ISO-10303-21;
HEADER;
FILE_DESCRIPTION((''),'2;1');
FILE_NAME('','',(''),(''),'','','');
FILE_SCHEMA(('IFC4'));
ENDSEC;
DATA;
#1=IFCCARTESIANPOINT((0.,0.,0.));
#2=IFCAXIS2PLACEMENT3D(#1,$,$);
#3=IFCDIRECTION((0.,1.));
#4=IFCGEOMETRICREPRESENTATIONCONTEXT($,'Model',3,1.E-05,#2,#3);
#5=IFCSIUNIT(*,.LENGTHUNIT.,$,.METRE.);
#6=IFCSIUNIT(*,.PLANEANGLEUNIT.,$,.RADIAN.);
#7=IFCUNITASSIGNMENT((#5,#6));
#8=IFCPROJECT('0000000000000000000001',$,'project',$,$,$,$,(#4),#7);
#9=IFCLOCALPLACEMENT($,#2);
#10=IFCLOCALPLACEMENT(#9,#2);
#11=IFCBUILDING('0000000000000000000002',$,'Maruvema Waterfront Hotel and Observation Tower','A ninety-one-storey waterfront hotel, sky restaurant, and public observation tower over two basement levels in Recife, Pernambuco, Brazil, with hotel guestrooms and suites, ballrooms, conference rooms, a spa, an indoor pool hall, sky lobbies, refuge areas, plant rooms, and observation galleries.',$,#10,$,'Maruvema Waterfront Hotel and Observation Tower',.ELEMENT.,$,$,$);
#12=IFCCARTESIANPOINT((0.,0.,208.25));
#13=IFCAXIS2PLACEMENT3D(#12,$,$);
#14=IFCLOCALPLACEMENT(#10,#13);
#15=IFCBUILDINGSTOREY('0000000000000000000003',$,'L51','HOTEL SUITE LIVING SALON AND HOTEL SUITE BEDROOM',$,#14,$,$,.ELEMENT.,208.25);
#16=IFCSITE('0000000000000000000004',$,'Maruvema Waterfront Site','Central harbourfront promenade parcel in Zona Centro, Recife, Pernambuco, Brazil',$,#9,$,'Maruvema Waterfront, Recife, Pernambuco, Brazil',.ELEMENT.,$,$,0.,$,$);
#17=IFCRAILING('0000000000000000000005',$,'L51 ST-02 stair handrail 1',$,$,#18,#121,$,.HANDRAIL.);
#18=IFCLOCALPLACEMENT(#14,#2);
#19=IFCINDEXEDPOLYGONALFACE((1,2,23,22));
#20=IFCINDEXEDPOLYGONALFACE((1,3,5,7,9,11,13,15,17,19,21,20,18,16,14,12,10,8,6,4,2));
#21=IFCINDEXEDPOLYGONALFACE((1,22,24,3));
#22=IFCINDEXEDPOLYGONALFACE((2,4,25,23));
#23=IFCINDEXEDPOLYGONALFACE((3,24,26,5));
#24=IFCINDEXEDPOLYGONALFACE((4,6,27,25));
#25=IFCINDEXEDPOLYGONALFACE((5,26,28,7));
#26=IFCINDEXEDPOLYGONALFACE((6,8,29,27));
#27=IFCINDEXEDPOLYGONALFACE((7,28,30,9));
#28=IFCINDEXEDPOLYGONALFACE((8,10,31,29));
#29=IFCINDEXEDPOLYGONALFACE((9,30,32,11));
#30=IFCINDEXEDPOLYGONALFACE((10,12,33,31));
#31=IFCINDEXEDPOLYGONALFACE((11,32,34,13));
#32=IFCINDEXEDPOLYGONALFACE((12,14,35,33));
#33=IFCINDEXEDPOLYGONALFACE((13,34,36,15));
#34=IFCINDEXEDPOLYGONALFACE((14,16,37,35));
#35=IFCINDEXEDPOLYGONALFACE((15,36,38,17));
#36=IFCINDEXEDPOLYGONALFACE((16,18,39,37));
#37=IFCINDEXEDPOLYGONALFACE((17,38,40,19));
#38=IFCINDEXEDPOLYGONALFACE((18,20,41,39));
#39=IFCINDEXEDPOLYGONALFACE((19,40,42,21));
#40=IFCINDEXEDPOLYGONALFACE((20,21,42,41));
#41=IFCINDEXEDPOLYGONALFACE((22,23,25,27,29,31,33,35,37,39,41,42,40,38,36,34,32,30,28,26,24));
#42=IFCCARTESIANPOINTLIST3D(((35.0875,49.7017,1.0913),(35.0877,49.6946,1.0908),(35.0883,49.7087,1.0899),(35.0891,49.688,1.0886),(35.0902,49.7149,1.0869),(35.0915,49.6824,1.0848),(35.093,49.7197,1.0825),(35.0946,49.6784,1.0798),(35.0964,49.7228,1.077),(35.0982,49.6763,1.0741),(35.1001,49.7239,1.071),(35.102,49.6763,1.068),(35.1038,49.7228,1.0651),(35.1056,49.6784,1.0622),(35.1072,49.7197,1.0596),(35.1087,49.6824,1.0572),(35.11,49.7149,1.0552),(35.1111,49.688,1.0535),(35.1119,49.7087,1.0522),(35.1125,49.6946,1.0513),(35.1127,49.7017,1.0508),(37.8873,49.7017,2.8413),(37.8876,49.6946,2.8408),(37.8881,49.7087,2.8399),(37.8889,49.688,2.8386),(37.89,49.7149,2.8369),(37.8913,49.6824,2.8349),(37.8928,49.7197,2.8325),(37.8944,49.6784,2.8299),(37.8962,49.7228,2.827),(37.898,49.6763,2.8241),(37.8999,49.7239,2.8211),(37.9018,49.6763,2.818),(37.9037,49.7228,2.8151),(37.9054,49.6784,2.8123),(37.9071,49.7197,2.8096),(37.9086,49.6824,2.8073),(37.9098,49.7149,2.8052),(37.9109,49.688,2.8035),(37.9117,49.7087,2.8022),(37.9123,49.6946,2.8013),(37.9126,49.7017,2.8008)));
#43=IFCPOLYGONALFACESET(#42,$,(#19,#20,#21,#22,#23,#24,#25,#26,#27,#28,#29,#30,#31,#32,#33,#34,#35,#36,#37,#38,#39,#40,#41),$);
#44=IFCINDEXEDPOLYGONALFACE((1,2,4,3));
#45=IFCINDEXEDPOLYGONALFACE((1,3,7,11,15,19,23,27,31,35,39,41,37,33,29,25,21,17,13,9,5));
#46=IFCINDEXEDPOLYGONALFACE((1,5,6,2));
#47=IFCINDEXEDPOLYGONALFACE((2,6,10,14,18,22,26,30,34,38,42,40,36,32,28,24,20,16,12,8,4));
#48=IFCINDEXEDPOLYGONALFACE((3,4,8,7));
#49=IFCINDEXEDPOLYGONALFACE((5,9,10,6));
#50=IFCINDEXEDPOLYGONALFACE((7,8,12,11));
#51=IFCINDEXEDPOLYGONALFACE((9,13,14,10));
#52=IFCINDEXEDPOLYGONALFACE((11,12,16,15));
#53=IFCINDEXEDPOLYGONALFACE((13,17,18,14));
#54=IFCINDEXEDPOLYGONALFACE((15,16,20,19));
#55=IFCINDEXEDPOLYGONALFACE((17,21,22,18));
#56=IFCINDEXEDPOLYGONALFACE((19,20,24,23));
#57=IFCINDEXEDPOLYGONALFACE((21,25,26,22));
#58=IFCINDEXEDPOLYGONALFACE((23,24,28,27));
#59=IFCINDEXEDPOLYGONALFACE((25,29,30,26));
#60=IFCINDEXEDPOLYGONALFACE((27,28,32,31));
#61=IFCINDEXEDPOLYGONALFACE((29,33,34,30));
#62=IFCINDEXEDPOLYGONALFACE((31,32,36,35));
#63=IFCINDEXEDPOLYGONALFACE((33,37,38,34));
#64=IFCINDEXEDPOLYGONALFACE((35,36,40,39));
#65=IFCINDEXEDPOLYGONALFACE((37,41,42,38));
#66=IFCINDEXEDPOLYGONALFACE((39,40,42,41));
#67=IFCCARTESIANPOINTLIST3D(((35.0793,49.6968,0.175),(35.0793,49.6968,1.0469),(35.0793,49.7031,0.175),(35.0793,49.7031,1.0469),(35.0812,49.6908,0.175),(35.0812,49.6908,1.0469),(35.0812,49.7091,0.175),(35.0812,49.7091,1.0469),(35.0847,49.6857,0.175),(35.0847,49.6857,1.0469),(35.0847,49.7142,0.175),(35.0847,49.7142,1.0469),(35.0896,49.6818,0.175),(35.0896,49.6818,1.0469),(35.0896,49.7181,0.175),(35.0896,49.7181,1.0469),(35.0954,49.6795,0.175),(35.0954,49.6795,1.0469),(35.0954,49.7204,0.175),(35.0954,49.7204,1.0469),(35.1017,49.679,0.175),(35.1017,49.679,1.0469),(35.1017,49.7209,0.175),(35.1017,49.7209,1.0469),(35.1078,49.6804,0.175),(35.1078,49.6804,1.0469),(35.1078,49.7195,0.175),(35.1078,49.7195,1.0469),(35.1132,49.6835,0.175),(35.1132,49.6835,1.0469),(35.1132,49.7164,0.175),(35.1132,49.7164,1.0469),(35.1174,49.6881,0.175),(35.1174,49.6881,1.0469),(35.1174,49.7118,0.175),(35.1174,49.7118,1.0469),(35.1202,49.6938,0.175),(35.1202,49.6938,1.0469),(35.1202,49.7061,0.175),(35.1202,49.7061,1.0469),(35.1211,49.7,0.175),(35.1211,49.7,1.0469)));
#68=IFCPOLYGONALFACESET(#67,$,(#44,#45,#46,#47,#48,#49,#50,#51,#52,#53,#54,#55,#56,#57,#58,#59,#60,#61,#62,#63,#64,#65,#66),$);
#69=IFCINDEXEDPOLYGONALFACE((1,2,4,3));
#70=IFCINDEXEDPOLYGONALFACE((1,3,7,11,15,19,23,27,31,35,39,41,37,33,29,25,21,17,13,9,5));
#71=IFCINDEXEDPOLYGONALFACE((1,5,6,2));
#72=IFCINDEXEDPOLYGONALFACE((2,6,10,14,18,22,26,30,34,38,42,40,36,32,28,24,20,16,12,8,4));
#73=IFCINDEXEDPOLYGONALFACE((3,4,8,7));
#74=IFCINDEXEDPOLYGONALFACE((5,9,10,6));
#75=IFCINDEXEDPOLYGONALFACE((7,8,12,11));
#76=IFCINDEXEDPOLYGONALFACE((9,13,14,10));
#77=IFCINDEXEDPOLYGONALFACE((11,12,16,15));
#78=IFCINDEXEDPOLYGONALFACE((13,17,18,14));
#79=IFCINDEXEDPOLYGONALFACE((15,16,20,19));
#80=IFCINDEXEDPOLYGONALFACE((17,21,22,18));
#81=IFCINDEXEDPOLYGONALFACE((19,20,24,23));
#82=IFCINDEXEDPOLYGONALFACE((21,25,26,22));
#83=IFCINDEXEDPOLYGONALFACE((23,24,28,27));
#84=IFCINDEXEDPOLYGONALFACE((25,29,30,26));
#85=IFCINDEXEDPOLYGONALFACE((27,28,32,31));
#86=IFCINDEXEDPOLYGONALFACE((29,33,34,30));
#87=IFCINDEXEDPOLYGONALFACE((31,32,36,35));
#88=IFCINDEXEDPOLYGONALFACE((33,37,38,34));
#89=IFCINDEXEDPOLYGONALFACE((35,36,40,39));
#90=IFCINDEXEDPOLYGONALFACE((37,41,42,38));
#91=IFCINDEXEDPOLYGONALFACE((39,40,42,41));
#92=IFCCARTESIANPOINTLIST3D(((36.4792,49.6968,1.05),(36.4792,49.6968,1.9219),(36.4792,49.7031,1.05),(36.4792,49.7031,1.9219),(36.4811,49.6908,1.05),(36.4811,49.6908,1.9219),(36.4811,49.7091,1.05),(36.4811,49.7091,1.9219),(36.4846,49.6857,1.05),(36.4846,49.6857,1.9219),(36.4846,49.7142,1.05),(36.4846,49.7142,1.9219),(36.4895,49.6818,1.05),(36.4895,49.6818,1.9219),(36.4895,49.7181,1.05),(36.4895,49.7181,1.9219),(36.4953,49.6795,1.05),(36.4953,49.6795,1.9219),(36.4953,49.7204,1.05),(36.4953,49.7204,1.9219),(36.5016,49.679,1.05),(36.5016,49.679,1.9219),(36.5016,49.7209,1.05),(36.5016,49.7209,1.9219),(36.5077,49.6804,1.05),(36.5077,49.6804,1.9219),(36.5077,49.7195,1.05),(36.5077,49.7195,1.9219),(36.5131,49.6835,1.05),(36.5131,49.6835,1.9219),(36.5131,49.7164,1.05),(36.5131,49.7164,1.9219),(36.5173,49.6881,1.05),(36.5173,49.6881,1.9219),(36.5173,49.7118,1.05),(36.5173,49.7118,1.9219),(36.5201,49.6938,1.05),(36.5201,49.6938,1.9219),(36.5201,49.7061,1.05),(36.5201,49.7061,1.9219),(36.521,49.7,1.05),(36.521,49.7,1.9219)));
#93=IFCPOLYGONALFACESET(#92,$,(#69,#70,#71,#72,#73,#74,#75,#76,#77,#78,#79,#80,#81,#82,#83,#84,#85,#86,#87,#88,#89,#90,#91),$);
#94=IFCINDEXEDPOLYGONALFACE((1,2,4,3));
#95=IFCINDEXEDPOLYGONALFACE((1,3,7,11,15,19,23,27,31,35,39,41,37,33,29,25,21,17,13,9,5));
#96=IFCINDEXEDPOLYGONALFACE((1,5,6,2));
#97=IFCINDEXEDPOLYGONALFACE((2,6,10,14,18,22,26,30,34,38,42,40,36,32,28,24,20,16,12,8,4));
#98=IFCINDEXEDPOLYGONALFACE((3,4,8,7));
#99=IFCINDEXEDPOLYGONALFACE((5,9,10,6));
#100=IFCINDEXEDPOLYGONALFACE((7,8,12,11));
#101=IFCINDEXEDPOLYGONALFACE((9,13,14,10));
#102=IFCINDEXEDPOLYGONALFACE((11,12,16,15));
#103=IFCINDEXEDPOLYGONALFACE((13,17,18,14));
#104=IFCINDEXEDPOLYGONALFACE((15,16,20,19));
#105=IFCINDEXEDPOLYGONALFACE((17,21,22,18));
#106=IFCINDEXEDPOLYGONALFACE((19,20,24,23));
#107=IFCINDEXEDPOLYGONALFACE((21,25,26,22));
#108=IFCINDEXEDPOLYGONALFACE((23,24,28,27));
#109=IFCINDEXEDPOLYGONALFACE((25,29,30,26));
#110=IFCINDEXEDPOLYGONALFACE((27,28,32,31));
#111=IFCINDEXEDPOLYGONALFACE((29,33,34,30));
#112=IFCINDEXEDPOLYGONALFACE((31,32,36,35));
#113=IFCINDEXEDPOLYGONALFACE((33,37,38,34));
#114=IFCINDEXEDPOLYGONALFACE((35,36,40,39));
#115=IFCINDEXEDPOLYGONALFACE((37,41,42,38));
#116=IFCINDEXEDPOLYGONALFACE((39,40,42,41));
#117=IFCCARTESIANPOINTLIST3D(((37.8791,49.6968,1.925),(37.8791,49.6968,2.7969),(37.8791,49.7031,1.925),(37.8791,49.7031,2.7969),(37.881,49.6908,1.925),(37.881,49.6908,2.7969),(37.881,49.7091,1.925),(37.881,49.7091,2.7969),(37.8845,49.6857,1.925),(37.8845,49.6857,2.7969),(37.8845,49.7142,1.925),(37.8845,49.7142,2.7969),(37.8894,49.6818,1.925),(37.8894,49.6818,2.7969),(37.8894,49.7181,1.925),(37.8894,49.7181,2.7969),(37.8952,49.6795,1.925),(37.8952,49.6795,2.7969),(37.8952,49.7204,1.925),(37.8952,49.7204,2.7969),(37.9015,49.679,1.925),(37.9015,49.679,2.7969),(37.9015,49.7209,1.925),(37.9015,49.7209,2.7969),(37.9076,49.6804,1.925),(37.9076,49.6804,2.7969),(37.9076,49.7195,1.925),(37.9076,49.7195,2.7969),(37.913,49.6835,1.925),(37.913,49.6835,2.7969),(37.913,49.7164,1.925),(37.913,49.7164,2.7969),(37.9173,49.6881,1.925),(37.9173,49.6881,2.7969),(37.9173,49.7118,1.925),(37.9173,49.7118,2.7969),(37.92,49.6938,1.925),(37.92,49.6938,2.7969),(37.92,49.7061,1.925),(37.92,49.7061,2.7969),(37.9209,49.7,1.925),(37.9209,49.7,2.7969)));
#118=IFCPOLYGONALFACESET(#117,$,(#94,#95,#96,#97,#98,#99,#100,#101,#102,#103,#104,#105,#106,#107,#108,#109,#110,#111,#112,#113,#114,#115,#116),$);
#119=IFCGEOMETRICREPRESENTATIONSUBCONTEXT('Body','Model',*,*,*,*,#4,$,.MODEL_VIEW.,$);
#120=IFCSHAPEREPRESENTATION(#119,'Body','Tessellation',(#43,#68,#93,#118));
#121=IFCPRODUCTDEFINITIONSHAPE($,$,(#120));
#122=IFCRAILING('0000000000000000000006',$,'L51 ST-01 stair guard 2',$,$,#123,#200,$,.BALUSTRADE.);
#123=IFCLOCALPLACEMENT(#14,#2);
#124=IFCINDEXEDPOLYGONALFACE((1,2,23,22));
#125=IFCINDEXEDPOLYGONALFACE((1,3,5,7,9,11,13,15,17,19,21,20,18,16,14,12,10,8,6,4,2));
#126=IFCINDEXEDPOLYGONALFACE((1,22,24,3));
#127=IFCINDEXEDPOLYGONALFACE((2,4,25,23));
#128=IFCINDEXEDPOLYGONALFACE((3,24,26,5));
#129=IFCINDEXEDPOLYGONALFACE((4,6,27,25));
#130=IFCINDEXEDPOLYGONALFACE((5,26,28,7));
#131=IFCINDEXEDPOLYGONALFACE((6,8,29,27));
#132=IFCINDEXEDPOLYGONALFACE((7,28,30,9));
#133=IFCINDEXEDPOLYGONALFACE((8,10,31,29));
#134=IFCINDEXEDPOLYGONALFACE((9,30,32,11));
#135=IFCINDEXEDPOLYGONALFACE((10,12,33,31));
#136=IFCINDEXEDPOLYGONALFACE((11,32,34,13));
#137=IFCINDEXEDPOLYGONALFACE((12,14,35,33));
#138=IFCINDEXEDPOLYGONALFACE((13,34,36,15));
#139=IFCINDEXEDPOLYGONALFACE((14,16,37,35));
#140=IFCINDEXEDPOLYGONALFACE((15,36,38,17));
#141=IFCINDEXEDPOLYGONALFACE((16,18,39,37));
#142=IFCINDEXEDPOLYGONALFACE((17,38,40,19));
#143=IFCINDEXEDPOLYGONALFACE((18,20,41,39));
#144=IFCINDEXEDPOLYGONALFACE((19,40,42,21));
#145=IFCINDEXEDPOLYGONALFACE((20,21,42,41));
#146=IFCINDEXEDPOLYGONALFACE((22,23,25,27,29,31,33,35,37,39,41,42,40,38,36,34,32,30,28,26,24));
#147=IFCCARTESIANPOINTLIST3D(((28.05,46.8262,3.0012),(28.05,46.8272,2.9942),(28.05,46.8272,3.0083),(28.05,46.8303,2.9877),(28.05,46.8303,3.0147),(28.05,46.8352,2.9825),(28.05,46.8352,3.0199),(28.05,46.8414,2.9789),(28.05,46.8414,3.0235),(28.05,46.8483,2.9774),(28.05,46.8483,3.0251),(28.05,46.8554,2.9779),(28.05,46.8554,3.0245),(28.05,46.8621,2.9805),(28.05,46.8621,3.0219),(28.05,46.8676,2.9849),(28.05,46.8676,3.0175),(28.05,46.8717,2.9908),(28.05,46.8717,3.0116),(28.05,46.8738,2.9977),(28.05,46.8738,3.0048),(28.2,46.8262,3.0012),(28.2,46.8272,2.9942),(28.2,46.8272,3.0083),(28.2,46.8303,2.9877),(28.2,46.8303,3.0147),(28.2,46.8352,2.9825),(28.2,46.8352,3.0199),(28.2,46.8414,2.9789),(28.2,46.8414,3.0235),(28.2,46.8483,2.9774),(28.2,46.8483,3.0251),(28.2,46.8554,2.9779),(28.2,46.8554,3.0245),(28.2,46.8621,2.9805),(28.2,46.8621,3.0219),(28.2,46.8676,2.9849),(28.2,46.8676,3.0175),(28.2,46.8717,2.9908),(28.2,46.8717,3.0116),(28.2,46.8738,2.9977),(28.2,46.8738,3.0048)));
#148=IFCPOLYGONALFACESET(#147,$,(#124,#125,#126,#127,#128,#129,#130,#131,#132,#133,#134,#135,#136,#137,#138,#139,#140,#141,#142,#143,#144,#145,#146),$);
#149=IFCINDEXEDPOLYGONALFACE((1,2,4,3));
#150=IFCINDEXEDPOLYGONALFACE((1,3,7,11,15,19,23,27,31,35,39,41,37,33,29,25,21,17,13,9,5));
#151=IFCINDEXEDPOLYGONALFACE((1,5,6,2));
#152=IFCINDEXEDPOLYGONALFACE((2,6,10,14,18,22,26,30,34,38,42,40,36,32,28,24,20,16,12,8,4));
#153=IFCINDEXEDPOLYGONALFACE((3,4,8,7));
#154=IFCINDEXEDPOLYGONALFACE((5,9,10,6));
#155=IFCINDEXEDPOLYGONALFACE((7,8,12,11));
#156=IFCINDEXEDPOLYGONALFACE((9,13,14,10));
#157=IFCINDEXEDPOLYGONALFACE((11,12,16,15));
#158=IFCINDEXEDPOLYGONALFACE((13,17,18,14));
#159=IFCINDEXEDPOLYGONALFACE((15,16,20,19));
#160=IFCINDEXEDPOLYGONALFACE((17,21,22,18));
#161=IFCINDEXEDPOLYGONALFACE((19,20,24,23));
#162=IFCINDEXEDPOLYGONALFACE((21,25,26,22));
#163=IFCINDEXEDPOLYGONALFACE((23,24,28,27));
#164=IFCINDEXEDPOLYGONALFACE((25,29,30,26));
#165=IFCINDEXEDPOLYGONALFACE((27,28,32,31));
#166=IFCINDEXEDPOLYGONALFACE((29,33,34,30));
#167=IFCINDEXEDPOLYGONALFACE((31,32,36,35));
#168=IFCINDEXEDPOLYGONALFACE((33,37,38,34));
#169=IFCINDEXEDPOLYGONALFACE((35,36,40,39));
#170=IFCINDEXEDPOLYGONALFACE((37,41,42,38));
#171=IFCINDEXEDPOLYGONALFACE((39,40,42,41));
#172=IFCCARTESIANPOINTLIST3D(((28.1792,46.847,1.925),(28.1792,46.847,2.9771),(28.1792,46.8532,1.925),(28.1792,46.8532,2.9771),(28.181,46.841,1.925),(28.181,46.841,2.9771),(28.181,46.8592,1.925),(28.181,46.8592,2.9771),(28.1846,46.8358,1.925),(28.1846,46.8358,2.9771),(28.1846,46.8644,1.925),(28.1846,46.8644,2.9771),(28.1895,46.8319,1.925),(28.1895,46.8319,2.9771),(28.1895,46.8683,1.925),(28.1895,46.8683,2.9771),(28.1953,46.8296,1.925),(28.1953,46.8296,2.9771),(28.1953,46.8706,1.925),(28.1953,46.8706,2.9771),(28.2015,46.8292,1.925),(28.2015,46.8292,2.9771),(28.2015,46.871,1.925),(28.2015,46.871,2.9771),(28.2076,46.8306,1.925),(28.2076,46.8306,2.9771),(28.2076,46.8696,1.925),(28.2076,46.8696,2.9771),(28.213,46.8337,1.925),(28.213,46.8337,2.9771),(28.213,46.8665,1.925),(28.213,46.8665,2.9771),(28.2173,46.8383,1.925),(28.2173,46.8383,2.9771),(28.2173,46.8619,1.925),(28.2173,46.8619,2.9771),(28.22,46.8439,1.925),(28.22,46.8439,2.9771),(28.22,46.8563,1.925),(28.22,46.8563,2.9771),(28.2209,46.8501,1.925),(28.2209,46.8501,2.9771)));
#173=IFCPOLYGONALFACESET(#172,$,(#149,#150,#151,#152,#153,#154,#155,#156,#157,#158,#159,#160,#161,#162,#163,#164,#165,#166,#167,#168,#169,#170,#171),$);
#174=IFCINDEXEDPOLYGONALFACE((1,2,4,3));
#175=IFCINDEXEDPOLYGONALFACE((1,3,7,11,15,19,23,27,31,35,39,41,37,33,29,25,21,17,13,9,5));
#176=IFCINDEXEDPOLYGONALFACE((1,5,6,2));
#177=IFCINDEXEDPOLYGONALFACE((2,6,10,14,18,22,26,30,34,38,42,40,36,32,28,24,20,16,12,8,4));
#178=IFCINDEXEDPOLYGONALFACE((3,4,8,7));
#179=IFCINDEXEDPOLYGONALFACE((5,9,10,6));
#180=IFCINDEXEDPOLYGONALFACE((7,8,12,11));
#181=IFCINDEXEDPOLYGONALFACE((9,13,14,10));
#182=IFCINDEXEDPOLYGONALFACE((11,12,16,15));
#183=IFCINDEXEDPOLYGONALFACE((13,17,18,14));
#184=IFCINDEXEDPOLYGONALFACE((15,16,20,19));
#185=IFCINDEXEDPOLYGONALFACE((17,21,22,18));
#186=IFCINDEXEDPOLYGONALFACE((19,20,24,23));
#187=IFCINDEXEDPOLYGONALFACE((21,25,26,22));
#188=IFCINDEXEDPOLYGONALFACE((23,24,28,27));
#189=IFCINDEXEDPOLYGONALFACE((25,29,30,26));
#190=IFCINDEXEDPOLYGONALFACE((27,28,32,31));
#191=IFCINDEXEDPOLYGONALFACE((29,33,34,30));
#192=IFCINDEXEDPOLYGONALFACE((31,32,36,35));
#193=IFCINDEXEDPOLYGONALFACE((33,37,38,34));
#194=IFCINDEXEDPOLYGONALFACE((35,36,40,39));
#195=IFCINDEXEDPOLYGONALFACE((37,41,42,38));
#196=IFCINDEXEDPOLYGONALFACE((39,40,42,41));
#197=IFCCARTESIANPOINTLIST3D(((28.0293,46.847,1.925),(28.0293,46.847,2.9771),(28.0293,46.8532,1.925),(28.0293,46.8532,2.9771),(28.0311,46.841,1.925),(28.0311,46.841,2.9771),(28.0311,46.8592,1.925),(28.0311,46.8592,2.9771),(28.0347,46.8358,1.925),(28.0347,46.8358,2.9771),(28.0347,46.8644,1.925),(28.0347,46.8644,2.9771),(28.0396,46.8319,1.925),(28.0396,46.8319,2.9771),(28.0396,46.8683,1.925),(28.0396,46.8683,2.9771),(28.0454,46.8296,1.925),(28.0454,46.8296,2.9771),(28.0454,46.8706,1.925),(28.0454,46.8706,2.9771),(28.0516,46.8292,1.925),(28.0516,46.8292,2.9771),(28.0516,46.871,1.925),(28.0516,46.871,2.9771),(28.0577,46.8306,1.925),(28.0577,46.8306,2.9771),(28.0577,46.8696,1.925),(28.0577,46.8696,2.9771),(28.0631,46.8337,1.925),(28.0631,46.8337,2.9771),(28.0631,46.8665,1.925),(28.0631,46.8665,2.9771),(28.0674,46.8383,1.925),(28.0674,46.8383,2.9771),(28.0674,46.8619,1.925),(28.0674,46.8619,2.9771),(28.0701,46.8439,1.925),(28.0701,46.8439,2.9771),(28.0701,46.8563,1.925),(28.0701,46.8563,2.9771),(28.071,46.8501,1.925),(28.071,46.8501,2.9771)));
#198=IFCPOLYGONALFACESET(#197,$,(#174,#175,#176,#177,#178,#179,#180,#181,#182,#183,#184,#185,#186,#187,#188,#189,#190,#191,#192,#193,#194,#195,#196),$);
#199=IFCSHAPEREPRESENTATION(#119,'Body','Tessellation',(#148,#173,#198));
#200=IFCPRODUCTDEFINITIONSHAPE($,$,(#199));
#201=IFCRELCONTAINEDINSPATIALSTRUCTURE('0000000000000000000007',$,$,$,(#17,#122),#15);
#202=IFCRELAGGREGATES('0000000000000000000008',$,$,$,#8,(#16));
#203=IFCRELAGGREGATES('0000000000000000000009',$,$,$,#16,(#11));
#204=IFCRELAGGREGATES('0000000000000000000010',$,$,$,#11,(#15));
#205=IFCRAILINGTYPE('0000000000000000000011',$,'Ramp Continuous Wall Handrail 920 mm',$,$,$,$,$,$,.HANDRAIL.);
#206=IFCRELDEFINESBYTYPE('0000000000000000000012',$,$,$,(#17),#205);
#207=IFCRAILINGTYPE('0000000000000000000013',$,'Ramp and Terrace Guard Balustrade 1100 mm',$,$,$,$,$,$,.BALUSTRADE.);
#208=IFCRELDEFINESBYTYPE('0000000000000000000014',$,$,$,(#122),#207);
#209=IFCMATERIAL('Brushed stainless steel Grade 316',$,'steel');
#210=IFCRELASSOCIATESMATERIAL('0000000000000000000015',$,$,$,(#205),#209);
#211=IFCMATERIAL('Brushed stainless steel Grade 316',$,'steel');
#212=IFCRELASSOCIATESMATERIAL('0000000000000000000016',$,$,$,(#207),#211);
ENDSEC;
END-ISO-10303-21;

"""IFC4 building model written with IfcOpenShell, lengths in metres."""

from ifc_helpers import new_model, si_unit, direction, frame, origin, origin_2d, place, context, subcontext, project, spatial, circle, extrude, material, type_object, element, save


model = new_model("IFC4")

# Units and contexts
model_context = context("Model", 3, precision=1e-05, world=origin(), true_north=direction((0.0, 1.0)))
body_context = subcontext(model_context, "Body", "Model", "MODEL_VIEW")
ifc_project = project(units=[si_unit("LENGTHUNIT", "METRE"), si_unit("PLANEANGLEUNIT", "RADIAN")], contexts=[model_context])

# Site, building, storey
site_placement = place(None, origin())
site = spatial("IfcSite", under=ifc_project, at=site_placement, Name="Maruvema Waterfront Site", Description="Central harbourfront promenade parcel in Zona Centro, Recife, Pernambuco, Brazil", LongName="Maruvema Waterfront, Recife, Pernambuco, Brazil", CompositionType="ELEMENT", RefElevation=0.0)
building_placement = place(site_placement, origin())
building = spatial("IfcBuilding", under=site, at=building_placement, Name="Maruvema Waterfront Hotel and Observation Tower", Description="A ninety-one-storey waterfront hotel, sky restaurant, and public observation tower over two basement levels in Recife, Pernambuco, Brazil, with hotel guestrooms and suites, ballrooms, conference rooms, a spa, an indoor pool hall, sky lobbies, refuge areas, plant rooms, and observation galleries.", LongName="Maruvema Waterfront Hotel and Observation Tower", CompositionType="ELEMENT")
storey_placement = place(building_placement, frame((0.0, 0.0, 208.25)))
storey = spatial("IfcBuildingStorey", under=building, at=storey_placement, Name="L51", Description="HOTEL SUITE LIVING SALON AND HOTEL SUITE BEDROOM", CompositionType="ELEMENT", Elevation=208.25)

# Railings
ifc_material_1 = material(Name="Brushed stainless steel Grade 316", Category="steel")
railing_type_1 = type_object("IfcRailingType", Name="Ramp Continuous Wall Handrail 920 mm", PredefinedType="HANDRAIL", material=ifc_material_1)
railing_1_placement = place(storey_placement, frame((35.1001, 49.7, 0.175)))
element("IfcRailing", 1, at=railing_1_placement, inside=storey, type_object=railing_type_1, Name="L51 ST-02 stair handrail 1", PredefinedType="HANDRAIL", context=body_context, shape_type="SweptSolid", body=[
    extrude(circle(Radius=0.0239, at=origin_2d()), frame((0.0, 0.0, 0.896), z_axis=(0.847982, 0.0, 0.530026), x_axis=(0.0, 1.0, 0.0)), (0.0, 0.0, 1.0), 3.3018),
    extrude(circle(Radius=0.021, at=origin_2d()), origin(), (0.0, 0.0, 1.0), 0.8718),
    extrude(circle(Radius=0.021, at=origin_2d()), frame((1.3999, 0.0, 0.875)), (0.0, 0.0, 1.0), 0.8718),
    extrude(circle(Radius=0.021, at=origin_2d()), frame((2.7998, 0.0, 1.75)), (0.0, 0.0, 1.0), 0.8718),
])
ifc_material_2 = material(Name="Brushed stainless steel Grade 316", Category="steel")
railing_type_2 = type_object("IfcRailingType", Name="Ramp and Terrace Guard Balustrade 1100 mm", PredefinedType="BALUSTRADE", material=ifc_material_2)
railing_2_placement = place(storey_placement, frame((28.2, 46.8501, 1.925)))
element("IfcRailing", 2, at=railing_2_placement, inside=storey, type_object=railing_type_2, Name="L51 ST-01 stair guard 2", PredefinedType="BALUSTRADE", context=body_context, shape_type="SweptSolid", body=[
    extrude(circle(Radius=0.0239, at=origin_2d()), frame((0.0, 0.0, 1.0762), z_axis=(-1.0, 0.0, 0.0), x_axis=(0.0, -1.0, 0.0)), (0.0, 0.0, 1.0), 0.1499),
    extrude(circle(Radius=0.021, at=origin_2d()), origin(), (0.0, 0.0, 1.0), 1.052),
    extrude(circle(Radius=0.021, at=origin_2d()), frame((-0.1499, 0.0, 0.0)), (0.0, 0.0, 1.0), 1.052),
])

save(model, "model.ifc")
